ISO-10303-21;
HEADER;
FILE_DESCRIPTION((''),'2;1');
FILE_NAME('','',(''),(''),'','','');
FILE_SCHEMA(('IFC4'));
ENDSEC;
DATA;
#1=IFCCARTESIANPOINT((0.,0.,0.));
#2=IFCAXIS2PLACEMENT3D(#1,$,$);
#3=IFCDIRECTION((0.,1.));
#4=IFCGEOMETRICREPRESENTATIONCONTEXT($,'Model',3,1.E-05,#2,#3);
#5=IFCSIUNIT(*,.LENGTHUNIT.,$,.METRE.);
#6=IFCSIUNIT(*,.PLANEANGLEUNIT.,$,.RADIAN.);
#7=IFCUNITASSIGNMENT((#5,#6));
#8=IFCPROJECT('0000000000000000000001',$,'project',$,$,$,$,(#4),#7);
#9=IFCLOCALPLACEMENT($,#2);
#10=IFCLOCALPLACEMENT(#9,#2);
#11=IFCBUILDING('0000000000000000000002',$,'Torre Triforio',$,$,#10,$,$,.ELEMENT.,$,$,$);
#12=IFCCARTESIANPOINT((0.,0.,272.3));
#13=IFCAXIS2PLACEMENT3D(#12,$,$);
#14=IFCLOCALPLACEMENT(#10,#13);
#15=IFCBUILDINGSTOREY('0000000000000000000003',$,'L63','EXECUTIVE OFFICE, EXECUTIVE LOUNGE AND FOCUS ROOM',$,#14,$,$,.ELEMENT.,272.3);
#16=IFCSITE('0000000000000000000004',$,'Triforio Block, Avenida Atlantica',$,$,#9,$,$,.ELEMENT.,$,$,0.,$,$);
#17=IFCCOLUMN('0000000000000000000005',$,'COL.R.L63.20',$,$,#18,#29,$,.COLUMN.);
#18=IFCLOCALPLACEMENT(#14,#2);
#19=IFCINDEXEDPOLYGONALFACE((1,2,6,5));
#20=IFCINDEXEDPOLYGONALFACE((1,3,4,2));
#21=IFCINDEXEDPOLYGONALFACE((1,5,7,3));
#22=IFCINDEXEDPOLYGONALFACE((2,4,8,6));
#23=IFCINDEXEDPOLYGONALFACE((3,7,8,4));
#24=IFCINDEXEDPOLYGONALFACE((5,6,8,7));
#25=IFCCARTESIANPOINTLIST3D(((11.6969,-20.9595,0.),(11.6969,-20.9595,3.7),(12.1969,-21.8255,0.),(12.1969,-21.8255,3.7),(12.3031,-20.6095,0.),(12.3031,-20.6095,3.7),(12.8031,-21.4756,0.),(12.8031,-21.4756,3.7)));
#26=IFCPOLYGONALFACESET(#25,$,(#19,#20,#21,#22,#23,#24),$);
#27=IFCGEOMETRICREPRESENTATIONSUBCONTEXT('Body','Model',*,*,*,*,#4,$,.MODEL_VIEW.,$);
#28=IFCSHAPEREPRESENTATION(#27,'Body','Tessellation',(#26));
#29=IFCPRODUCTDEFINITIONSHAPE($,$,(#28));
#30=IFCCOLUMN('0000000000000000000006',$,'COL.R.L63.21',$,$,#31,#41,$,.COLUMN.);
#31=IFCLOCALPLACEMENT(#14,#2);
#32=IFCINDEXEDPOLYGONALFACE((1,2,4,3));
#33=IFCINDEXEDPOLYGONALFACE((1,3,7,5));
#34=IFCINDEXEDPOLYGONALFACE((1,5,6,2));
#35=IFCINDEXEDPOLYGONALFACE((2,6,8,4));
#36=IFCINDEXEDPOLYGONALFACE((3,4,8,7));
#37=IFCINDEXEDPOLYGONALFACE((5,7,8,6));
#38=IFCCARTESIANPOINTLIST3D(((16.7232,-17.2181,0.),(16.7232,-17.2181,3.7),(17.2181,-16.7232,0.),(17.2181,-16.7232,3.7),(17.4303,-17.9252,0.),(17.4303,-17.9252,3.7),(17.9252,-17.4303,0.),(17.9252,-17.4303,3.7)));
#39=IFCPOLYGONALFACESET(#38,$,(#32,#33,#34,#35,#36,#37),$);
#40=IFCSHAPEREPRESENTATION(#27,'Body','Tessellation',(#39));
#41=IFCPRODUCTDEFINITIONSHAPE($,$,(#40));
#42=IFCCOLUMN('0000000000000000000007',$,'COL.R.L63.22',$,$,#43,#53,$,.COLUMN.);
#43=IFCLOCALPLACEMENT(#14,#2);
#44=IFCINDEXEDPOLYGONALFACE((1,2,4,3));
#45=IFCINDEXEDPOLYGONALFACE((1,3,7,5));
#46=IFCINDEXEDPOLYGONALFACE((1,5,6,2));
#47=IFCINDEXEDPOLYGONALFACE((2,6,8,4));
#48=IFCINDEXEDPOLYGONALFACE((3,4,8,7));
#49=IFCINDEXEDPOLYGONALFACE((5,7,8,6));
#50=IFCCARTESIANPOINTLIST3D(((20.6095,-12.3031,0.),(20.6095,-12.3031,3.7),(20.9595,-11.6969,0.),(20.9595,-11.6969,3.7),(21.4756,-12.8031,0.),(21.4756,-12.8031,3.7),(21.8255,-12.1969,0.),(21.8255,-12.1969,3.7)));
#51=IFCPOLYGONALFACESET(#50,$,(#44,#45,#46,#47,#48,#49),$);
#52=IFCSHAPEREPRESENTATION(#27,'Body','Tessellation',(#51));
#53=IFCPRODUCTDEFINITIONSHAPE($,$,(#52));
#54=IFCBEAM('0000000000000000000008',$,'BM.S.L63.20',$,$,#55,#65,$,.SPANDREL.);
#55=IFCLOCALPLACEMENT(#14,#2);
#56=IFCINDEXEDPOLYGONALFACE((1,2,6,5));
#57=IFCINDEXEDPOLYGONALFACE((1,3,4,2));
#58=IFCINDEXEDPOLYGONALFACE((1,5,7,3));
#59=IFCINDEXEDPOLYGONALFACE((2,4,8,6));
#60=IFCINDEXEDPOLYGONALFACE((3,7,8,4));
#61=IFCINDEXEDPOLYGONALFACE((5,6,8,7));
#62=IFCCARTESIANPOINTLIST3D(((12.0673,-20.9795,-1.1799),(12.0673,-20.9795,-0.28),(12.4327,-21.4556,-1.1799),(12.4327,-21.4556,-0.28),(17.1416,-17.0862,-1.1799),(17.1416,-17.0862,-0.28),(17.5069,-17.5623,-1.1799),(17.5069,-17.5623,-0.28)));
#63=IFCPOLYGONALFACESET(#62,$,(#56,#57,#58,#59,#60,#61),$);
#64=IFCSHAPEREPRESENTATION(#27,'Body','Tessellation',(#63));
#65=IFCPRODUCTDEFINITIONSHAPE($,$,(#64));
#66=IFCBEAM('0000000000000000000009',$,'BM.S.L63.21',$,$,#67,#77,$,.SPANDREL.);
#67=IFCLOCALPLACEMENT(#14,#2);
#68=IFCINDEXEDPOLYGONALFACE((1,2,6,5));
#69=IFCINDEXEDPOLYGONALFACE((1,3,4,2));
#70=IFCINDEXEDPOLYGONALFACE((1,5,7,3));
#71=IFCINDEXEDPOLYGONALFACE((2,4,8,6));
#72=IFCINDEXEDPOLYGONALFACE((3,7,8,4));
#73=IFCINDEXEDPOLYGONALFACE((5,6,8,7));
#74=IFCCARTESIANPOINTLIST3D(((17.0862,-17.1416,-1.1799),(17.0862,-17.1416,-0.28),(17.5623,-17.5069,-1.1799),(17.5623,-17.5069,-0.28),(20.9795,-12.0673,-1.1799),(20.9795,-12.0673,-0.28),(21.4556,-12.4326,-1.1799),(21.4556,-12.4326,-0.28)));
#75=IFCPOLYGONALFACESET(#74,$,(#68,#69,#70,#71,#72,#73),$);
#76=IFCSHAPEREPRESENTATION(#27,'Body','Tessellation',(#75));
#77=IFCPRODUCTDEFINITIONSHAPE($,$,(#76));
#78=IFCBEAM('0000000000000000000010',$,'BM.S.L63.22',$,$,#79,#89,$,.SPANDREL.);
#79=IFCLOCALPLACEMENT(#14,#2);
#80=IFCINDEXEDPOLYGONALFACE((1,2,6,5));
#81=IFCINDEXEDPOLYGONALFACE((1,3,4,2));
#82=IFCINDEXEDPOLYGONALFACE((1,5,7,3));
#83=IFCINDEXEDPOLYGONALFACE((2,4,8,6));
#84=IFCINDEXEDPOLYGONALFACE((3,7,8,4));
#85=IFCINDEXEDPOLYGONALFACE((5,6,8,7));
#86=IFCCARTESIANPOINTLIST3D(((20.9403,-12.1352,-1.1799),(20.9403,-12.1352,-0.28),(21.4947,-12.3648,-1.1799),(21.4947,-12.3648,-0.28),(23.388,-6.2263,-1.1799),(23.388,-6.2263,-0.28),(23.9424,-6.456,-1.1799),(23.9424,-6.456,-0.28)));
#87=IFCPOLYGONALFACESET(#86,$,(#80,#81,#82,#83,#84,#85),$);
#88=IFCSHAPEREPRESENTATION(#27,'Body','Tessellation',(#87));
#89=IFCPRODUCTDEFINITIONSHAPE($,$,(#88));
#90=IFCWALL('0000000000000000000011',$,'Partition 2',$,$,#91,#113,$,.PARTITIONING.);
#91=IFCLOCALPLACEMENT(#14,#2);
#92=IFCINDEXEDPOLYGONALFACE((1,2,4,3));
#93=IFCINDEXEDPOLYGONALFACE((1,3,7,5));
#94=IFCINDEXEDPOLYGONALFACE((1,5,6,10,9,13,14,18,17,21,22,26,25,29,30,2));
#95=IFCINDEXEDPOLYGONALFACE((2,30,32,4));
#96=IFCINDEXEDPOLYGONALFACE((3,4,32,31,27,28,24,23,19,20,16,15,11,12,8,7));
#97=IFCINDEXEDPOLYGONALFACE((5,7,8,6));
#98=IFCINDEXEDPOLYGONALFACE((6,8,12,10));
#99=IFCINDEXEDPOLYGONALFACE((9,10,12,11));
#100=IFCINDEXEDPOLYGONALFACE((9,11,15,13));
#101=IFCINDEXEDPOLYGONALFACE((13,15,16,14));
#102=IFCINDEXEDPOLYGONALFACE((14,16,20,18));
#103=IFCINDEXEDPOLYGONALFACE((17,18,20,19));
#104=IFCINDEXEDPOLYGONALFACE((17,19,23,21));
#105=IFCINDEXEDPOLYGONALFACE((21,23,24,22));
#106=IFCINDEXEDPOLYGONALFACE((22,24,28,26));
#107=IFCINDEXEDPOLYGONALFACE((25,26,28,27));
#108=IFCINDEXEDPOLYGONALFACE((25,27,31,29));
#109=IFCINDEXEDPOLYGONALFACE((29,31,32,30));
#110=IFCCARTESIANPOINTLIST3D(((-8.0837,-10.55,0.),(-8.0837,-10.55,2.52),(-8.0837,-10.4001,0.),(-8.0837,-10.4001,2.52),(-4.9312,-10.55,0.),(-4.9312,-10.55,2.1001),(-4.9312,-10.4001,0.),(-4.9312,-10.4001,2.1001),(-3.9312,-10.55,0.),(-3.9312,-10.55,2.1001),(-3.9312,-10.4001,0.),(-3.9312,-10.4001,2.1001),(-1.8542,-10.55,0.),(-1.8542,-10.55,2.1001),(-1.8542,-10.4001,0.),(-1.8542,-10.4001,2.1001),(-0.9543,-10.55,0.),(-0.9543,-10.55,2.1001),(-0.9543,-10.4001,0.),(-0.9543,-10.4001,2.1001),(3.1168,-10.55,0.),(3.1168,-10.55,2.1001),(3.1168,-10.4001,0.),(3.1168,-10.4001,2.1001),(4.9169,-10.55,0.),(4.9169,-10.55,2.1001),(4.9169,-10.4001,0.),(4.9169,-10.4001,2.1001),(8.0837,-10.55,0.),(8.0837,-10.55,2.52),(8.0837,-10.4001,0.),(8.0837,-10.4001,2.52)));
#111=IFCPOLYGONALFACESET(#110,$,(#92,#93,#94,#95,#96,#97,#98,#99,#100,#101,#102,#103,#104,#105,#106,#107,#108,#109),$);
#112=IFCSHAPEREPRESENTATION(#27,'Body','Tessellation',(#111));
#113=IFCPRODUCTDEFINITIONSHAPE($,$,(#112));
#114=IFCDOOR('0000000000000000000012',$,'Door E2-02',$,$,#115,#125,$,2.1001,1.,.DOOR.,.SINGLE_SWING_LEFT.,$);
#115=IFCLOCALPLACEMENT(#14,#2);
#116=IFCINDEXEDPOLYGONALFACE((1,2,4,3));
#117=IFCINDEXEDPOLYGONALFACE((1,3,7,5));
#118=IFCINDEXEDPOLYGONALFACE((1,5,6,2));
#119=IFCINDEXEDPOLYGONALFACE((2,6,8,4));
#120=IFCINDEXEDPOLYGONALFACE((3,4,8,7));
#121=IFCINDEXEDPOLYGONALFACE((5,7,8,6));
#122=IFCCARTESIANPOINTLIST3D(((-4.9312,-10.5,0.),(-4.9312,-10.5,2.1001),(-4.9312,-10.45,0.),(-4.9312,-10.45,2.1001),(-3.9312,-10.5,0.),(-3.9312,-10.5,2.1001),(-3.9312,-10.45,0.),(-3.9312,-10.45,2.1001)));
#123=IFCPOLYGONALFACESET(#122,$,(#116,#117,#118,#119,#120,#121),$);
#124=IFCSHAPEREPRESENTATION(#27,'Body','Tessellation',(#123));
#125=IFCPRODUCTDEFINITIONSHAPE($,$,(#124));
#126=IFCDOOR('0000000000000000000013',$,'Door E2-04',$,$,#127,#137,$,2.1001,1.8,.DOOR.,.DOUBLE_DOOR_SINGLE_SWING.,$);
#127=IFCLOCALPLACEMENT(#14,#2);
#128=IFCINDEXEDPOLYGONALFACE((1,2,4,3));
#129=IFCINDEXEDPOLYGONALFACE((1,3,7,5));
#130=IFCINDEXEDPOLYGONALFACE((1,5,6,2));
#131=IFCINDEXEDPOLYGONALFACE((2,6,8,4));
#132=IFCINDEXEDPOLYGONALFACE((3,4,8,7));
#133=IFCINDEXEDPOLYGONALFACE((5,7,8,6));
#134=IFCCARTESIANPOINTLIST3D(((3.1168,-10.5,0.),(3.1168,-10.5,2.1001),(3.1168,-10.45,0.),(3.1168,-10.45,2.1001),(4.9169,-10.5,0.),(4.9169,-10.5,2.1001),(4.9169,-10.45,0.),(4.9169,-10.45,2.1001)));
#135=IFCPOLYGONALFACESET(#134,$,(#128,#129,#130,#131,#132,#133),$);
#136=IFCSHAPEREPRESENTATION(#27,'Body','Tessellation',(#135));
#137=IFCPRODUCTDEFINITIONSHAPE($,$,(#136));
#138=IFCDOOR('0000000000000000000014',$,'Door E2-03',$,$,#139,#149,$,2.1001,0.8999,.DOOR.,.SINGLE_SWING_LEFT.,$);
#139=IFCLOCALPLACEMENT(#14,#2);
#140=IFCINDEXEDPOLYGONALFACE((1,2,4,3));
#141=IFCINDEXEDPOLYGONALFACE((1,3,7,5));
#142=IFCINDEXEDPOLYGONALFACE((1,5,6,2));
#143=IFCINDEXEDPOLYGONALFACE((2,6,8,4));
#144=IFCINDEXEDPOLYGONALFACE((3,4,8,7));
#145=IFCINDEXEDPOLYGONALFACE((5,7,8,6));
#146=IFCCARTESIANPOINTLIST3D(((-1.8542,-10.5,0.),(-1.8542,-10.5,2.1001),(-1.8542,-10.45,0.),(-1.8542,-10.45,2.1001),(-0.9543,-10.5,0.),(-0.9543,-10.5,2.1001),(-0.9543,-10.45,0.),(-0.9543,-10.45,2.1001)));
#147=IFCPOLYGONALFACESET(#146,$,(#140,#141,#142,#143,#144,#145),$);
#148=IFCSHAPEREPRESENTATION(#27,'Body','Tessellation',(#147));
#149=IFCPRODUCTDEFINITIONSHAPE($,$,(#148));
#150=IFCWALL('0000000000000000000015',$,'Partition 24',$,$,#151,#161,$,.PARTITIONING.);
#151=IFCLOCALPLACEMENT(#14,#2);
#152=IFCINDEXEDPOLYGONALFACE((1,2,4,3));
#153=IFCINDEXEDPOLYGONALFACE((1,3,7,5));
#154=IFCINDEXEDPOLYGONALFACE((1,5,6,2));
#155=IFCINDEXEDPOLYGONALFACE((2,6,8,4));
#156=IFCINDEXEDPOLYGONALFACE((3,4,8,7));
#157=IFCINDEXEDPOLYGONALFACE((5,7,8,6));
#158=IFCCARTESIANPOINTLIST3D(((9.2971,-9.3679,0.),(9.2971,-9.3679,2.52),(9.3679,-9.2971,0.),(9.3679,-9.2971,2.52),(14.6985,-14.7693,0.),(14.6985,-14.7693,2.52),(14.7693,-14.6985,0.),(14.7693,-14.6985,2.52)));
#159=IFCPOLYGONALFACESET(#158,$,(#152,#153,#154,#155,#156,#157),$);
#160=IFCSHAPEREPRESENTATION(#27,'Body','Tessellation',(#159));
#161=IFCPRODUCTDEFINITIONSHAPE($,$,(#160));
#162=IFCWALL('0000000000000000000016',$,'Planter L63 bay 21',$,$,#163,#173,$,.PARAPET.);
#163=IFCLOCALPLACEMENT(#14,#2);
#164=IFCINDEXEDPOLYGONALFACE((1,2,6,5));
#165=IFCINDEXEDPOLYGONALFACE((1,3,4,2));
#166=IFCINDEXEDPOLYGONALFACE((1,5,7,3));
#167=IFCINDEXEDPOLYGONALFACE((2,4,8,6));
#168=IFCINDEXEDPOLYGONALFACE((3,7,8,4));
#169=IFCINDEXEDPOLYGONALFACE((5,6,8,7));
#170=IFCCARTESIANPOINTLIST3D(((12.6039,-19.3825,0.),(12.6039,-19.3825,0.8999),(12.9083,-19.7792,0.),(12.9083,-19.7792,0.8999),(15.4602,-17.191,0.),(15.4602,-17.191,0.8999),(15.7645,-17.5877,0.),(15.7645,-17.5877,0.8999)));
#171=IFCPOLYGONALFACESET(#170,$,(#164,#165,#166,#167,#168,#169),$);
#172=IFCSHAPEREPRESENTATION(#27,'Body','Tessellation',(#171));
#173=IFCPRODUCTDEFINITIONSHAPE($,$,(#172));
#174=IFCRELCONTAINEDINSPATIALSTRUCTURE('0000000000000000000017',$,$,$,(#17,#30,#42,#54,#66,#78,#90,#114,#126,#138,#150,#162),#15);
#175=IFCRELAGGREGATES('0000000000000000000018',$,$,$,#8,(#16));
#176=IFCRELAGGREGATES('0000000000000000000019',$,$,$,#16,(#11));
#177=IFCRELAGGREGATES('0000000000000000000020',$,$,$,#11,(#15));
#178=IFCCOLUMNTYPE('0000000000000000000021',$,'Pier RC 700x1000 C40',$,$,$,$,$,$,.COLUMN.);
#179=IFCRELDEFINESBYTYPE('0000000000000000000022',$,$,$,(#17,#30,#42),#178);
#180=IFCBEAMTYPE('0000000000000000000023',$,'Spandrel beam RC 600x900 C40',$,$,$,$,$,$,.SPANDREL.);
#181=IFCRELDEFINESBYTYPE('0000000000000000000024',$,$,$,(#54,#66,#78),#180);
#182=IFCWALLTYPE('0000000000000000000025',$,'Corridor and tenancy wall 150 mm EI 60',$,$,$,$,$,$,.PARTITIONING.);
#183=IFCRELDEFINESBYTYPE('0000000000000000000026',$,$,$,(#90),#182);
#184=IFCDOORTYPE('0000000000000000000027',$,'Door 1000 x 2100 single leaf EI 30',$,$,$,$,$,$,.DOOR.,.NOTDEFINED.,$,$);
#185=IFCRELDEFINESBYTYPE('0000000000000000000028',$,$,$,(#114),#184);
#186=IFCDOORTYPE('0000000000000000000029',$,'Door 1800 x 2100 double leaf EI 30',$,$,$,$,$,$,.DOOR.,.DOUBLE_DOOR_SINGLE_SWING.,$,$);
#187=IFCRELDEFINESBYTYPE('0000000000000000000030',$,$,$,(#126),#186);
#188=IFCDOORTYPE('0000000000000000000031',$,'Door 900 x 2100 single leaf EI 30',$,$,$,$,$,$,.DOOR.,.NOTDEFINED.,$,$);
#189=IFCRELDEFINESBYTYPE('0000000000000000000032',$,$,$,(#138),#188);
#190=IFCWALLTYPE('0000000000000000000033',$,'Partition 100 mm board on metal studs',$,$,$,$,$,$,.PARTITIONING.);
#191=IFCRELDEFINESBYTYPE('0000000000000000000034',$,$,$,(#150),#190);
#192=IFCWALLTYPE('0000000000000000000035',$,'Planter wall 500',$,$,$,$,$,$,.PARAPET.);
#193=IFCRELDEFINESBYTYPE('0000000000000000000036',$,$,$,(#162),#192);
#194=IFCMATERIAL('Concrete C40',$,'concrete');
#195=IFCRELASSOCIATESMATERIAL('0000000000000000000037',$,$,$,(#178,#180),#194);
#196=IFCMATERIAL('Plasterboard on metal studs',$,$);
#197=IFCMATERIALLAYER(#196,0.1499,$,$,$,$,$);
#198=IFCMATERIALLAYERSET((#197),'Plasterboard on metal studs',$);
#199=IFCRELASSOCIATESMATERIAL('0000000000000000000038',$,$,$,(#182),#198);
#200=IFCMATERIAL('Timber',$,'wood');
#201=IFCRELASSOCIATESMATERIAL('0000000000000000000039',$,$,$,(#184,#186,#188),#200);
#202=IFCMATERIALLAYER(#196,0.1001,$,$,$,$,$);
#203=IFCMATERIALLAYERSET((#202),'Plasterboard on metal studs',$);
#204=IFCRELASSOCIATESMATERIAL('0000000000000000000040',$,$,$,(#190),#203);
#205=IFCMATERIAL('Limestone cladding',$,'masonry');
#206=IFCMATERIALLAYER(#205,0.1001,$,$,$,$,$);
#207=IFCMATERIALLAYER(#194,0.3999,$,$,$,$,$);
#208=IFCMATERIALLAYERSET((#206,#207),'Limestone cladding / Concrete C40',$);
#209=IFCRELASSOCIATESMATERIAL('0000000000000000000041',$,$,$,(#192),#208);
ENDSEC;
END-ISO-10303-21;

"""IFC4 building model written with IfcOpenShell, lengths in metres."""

from ifc_helpers import new_model, si_unit, direction, frame, frame_2d, origin, origin_2d, place, context, subcontext, project, spatial, rectangle, extrude, material, layer, layer_set, material_profile, profile_set, type_object, element, fill, save


model = new_model("IFC4")

# Units and contexts
model_context = context("Model", 3, precision=1e-05, world=origin(), true_north=direction((0.0, 1.0)))
body_context = subcontext(model_context, "Body", "Model", "MODEL_VIEW")
ifc_project = project(units=[si_unit("LENGTHUNIT", "METRE"), si_unit("PLANEANGLEUNIT", "RADIAN")], contexts=[model_context])

# Site, building, storey
site_placement = place(None, origin())
site = spatial("IfcSite", under=ifc_project, at=site_placement, Name="Triforio Block, Avenida Atlantica", CompositionType="ELEMENT", RefElevation=0.0)
building_placement = place(site_placement, origin())
building = spatial("IfcBuilding", under=site, at=building_placement, Name="Torre Triforio", CompositionType="ELEMENT")
storey_placement = place(building_placement, frame((0.0, 0.0, 272.3)))
storey = spatial("IfcBuildingStorey", under=building, at=storey_placement, Name="L63", Description="EXECUTIVE OFFICE, EXECUTIVE LOUNGE AND FOCUS ROOM", CompositionType="ELEMENT", Elevation=272.3)

# Columns
ifc_material_1 = material(Name="Concrete C40", Category="concrete")
ifc_material_profile_1 = material_profile(ifc_material_1, rectangle(XDim=0.7, YDim=1.0, at=origin_2d()), Name="RC 700x1000")
ifc_profile_set_1 = profile_set([ifc_material_profile_1], Name="Concrete C40")
column_type = type_object("IfcColumnType", Name="Pier RC 700x1000 C40", PredefinedType="COLUMN", material=ifc_profile_set_1)
for number, where, z_axis, x_axis, name in (
    (1, (12.25, -21.2175, 0.0), (0.0, 0.0, 1.0), (0.866025, 0.5, 0.0), "COL.R.L63.20"),
    (2, (17.3242, -17.3242, 0.0), (0.0, 0.0, 1.0), (0.707107, 0.707107, 0.0), "COL.R.L63.21"),
    (3, (21.2175, -12.25, 0.0), (0.0, 0.0, 1.0), (0.5, 0.866025, 0.0), "COL.R.L63.22"),
):
    element("IfcColumn", number, at=place(storey_placement, frame(where, z_axis=z_axis, x_axis=x_axis)), inside=storey, type_object=column_type, Name=name, PredefinedType="COLUMN", context=body_context, shape_type="SweptSolid", body=[
        extrude(rectangle(XDim=0.7, YDim=1.0, at=origin_2d()), origin(), (0.0, 0.0, 1.0), 3.7),
    ])

# Beams
ifc_material_profile_2 = material_profile(ifc_material_1, rectangle(XDim=0.6001, YDim=0.8999, at=origin_2d()), Name="RC 600x900")
ifc_profile_set_2 = profile_set([ifc_material_profile_2], Name="Concrete C40")
beam_type = type_object("IfcBeamType", Name="Spandrel beam RC 600x900 C40", PredefinedType="SPANDREL", material=ifc_profile_set_2)
for number, where, z_axis, x_axis, name in (
    (4, (12.25, -21.2175, -0.73), (0.793374, 0.608734, 0.0), (-0.608734, 0.793374, 0.0), "BM.S.L63.20"),
    (5, (17.3242, -17.3242, -0.73), (0.608734, 0.793374, 0.0), (-0.793374, 0.608734, 0.0), "BM.S.L63.21"),
    (6, (21.2175, -12.25, -0.73), (0.382709, 0.923869, 0.0), (-0.923869, 0.382709, 0.0), "BM.S.L63.22"),
):
    element("IfcBeam", number, at=place(storey_placement, frame(where, z_axis=z_axis, x_axis=x_axis)), inside=storey, type_object=beam_type, Name=name, PredefinedType="SPANDREL", context=body_context, shape_type="SweptSolid", body=[
        extrude(rectangle(XDim=0.6001, YDim=0.8999, at=origin_2d()), origin(), (0.0, 0.0, 1.0), 6.3958),
    ])

# Wall, openings, doors
ifc_material_2 = material(Name="Plasterboard on metal studs")
ifc_layer_1 = layer(ifc_material_2, 0.1499)
ifc_layer_set_1 = layer_set([ifc_layer_1], Name="Plasterboard on metal studs")
wall_type_1 = type_object("IfcWallType", Name="Corridor and tenancy wall 150 mm EI 60", PredefinedType="PARTITIONING", material=ifc_layer_set_1)
wall_1_placement = place(storey_placement, frame((8.0837, -10.4751, 0.0), z_axis=(0.0, 0.0, 1.0), x_axis=(-1.0, 0.0, 0.0)))
wall_1 = element("IfcWall", 7, at=wall_1_placement, inside=storey, type_object=wall_type_1, Name="Partition 2", PredefinedType="PARTITIONING", context=body_context, shape_type="SweptSolid", body=[
    extrude(rectangle(XDim=16.1675, YDim=0.1499, at=frame_2d((8.0837, 0.0))), origin(), (0.0, 0.0, 1.0), 2.52),
])
opening_1_placement = place(wall_1_placement, frame((12.0149, 0.0, 0.0)))
opening_1 = element("IfcOpeningElement", 8, at=opening_1_placement, cuts=wall_1, PredefinedType="OPENING", context=body_context, shape_type="SweptSolid", body=[
    extrude(rectangle(XDim=1.0, YDim=2.1001, at=frame_2d((0.5, 1.05))), frame((0.0, 0.085, 0.0), z_axis=(0.0, -1.0, 0.0), x_axis=(1.0, 0.0, 0.0)), (0.0, 0.0, 1.0), 0.1699),
])
opening_2_placement = place(wall_1_placement, frame((9.0381, 0.0, 0.0)))
opening_2 = element("IfcOpeningElement", 9, at=opening_2_placement, cuts=wall_1, PredefinedType="OPENING", context=body_context, shape_type="SweptSolid", body=[
    extrude(rectangle(XDim=0.8999, YDim=2.1001, at=frame_2d((0.45, 1.05))), frame((0.0, 0.085, 0.0), z_axis=(0.0, -1.0, 0.0), x_axis=(1.0, 0.0, 0.0)), (0.0, 0.0, 1.0), 0.1699),
])
opening_3_placement = place(wall_1_placement, frame((3.167, 0.0, 0.0)))
opening_3 = element("IfcOpeningElement", 10, at=opening_3_placement, cuts=wall_1, PredefinedType="OPENING", context=body_context, shape_type="SweptSolid", body=[
    extrude(rectangle(XDim=1.8, YDim=2.1001, at=frame_2d((0.8999, 1.05))), frame((0.0, 0.085, 0.0), z_axis=(0.0, -1.0, 0.0), x_axis=(1.0, 0.0, 0.0)), (0.0, 0.0, 1.0), 0.1699),
])
ifc_material_3 = material(Name="Timber", Category="wood")
door_type_1 = type_object("IfcDoorType", Name="Door 1000 x 2100 single leaf EI 30", OperationType="NOTDEFINED", PredefinedType="DOOR", material=ifc_material_3)
door_1_placement = place(opening_1_placement, origin())
door_1 = element("IfcDoor", 11, at=door_1_placement, inside=storey, type_object=door_type_1, Name="Door E2-02", OperationType="SINGLE_SWING_LEFT", OverallHeight=2.1001, OverallWidth=1.0, PredefinedType="DOOR", context=body_context, shape_type="SweptSolid", body=[
    extrude(rectangle(XDim=1.0, YDim=2.1001, at=frame_2d((0.5, 1.05))), frame((0.0, 0.0249, 0.0), z_axis=(0.0, -1.0, 0.0), x_axis=(1.0, 0.0, 0.0)), (0.0, 0.0, 1.0), 0.05),
])
fill(opening_1, door_1)
door_type_2 = type_object("IfcDoorType", Name="Door 1800 x 2100 double leaf EI 30", OperationType="DOUBLE_DOOR_SINGLE_SWING", PredefinedType="DOOR", material=ifc_material_3)
door_2_placement = place(opening_3_placement, origin())
door_2 = element("IfcDoor", 12, at=door_2_placement, inside=storey, type_object=door_type_2, Name="Door E2-04", OperationType="DOUBLE_DOOR_SINGLE_SWING", OverallHeight=2.1001, OverallWidth=1.8, PredefinedType="DOOR", context=body_context, shape_type="SweptSolid", body=[
    extrude(rectangle(XDim=1.8, YDim=2.1001, at=frame_2d((0.8999, 1.05))), frame((0.0, 0.0249, 0.0), z_axis=(0.0, -1.0, 0.0), x_axis=(1.0, 0.0, 0.0)), (0.0, 0.0, 1.0), 0.05),
])
fill(opening_3, door_2)
door_type_3 = type_object("IfcDoorType", Name="Door 900 x 2100 single leaf EI 30", OperationType="NOTDEFINED", PredefinedType="DOOR", material=ifc_material_3)
door_3_placement = place(opening_2_placement, origin())
door_3 = element("IfcDoor", 13, at=door_3_placement, inside=storey, type_object=door_type_3, Name="Door E2-03", OperationType="SINGLE_SWING_LEFT", OverallHeight=2.1001, OverallWidth=0.8999, PredefinedType="DOOR", context=body_context, shape_type="SweptSolid", body=[
    extrude(rectangle(XDim=0.8999, YDim=2.1001, at=frame_2d((0.45, 1.05))), frame((0.0, 0.0249, 0.0), z_axis=(0.0, -1.0, 0.0), x_axis=(1.0, 0.0, 0.0)), (0.0, 0.0, 1.0), 0.05),
])
fill(opening_2, door_3)

# Walls
ifc_layer_2 = layer(ifc_material_2, 0.1001)
ifc_layer_set_2 = layer_set([ifc_layer_2], Name="Plasterboard on metal studs")
wall_type_2 = type_object("IfcWallType", Name="Partition 100 mm board on metal studs", PredefinedType="PARTITIONING", material=ifc_layer_set_2)
wall_2_placement = place(storey_placement, frame((9.3325, -9.3325, 0.0), z_axis=(0.0, 0.0, 1.0), x_axis=(0.707107, -0.707107, 0.0)))
element("IfcWall", 14, at=wall_2_placement, inside=storey, type_object=wall_type_2, Name="Partition 24", PredefinedType="PARTITIONING", context=body_context, shape_type="SweptSolid", body=[
    extrude(rectangle(XDim=7.6387, YDim=0.1001, at=frame_2d((3.8193, 0.0))), origin(), (0.0, 0.0, 1.0), 2.52),
])
ifc_material_4 = material(Name="Limestone cladding", Category="masonry")
ifc_layer_3 = layer(ifc_material_4, 0.1001)
ifc_layer_4 = layer(ifc_material_1, 0.3999)
ifc_layer_set_3 = layer_set([ifc_layer_3, ifc_layer_4], Name="Limestone cladding / Concrete C40")
wall_type_3 = type_object("IfcWallType", Name="Planter wall 500", PredefinedType="PARAPET", material=ifc_layer_set_3)
wall_3_placement = place(storey_placement, frame((12.7561, -19.5808, 0.0), z_axis=(0.0, 0.0, 1.0), x_axis=(0.793385, 0.608721, 0.0)))
element("IfcWall", 15, at=wall_3_placement, inside=storey, type_object=wall_type_3, Name="Planter L63 bay 21", PredefinedType="PARAPET", context=body_context, shape_type="SweptSolid", body=[
    extrude(rectangle(XDim=3.6001, YDim=0.5, at=frame_2d((1.8, 0.0))), origin(), (0.0, 0.0, 1.0), 0.8999),
])

save(model, "model.ifc")
